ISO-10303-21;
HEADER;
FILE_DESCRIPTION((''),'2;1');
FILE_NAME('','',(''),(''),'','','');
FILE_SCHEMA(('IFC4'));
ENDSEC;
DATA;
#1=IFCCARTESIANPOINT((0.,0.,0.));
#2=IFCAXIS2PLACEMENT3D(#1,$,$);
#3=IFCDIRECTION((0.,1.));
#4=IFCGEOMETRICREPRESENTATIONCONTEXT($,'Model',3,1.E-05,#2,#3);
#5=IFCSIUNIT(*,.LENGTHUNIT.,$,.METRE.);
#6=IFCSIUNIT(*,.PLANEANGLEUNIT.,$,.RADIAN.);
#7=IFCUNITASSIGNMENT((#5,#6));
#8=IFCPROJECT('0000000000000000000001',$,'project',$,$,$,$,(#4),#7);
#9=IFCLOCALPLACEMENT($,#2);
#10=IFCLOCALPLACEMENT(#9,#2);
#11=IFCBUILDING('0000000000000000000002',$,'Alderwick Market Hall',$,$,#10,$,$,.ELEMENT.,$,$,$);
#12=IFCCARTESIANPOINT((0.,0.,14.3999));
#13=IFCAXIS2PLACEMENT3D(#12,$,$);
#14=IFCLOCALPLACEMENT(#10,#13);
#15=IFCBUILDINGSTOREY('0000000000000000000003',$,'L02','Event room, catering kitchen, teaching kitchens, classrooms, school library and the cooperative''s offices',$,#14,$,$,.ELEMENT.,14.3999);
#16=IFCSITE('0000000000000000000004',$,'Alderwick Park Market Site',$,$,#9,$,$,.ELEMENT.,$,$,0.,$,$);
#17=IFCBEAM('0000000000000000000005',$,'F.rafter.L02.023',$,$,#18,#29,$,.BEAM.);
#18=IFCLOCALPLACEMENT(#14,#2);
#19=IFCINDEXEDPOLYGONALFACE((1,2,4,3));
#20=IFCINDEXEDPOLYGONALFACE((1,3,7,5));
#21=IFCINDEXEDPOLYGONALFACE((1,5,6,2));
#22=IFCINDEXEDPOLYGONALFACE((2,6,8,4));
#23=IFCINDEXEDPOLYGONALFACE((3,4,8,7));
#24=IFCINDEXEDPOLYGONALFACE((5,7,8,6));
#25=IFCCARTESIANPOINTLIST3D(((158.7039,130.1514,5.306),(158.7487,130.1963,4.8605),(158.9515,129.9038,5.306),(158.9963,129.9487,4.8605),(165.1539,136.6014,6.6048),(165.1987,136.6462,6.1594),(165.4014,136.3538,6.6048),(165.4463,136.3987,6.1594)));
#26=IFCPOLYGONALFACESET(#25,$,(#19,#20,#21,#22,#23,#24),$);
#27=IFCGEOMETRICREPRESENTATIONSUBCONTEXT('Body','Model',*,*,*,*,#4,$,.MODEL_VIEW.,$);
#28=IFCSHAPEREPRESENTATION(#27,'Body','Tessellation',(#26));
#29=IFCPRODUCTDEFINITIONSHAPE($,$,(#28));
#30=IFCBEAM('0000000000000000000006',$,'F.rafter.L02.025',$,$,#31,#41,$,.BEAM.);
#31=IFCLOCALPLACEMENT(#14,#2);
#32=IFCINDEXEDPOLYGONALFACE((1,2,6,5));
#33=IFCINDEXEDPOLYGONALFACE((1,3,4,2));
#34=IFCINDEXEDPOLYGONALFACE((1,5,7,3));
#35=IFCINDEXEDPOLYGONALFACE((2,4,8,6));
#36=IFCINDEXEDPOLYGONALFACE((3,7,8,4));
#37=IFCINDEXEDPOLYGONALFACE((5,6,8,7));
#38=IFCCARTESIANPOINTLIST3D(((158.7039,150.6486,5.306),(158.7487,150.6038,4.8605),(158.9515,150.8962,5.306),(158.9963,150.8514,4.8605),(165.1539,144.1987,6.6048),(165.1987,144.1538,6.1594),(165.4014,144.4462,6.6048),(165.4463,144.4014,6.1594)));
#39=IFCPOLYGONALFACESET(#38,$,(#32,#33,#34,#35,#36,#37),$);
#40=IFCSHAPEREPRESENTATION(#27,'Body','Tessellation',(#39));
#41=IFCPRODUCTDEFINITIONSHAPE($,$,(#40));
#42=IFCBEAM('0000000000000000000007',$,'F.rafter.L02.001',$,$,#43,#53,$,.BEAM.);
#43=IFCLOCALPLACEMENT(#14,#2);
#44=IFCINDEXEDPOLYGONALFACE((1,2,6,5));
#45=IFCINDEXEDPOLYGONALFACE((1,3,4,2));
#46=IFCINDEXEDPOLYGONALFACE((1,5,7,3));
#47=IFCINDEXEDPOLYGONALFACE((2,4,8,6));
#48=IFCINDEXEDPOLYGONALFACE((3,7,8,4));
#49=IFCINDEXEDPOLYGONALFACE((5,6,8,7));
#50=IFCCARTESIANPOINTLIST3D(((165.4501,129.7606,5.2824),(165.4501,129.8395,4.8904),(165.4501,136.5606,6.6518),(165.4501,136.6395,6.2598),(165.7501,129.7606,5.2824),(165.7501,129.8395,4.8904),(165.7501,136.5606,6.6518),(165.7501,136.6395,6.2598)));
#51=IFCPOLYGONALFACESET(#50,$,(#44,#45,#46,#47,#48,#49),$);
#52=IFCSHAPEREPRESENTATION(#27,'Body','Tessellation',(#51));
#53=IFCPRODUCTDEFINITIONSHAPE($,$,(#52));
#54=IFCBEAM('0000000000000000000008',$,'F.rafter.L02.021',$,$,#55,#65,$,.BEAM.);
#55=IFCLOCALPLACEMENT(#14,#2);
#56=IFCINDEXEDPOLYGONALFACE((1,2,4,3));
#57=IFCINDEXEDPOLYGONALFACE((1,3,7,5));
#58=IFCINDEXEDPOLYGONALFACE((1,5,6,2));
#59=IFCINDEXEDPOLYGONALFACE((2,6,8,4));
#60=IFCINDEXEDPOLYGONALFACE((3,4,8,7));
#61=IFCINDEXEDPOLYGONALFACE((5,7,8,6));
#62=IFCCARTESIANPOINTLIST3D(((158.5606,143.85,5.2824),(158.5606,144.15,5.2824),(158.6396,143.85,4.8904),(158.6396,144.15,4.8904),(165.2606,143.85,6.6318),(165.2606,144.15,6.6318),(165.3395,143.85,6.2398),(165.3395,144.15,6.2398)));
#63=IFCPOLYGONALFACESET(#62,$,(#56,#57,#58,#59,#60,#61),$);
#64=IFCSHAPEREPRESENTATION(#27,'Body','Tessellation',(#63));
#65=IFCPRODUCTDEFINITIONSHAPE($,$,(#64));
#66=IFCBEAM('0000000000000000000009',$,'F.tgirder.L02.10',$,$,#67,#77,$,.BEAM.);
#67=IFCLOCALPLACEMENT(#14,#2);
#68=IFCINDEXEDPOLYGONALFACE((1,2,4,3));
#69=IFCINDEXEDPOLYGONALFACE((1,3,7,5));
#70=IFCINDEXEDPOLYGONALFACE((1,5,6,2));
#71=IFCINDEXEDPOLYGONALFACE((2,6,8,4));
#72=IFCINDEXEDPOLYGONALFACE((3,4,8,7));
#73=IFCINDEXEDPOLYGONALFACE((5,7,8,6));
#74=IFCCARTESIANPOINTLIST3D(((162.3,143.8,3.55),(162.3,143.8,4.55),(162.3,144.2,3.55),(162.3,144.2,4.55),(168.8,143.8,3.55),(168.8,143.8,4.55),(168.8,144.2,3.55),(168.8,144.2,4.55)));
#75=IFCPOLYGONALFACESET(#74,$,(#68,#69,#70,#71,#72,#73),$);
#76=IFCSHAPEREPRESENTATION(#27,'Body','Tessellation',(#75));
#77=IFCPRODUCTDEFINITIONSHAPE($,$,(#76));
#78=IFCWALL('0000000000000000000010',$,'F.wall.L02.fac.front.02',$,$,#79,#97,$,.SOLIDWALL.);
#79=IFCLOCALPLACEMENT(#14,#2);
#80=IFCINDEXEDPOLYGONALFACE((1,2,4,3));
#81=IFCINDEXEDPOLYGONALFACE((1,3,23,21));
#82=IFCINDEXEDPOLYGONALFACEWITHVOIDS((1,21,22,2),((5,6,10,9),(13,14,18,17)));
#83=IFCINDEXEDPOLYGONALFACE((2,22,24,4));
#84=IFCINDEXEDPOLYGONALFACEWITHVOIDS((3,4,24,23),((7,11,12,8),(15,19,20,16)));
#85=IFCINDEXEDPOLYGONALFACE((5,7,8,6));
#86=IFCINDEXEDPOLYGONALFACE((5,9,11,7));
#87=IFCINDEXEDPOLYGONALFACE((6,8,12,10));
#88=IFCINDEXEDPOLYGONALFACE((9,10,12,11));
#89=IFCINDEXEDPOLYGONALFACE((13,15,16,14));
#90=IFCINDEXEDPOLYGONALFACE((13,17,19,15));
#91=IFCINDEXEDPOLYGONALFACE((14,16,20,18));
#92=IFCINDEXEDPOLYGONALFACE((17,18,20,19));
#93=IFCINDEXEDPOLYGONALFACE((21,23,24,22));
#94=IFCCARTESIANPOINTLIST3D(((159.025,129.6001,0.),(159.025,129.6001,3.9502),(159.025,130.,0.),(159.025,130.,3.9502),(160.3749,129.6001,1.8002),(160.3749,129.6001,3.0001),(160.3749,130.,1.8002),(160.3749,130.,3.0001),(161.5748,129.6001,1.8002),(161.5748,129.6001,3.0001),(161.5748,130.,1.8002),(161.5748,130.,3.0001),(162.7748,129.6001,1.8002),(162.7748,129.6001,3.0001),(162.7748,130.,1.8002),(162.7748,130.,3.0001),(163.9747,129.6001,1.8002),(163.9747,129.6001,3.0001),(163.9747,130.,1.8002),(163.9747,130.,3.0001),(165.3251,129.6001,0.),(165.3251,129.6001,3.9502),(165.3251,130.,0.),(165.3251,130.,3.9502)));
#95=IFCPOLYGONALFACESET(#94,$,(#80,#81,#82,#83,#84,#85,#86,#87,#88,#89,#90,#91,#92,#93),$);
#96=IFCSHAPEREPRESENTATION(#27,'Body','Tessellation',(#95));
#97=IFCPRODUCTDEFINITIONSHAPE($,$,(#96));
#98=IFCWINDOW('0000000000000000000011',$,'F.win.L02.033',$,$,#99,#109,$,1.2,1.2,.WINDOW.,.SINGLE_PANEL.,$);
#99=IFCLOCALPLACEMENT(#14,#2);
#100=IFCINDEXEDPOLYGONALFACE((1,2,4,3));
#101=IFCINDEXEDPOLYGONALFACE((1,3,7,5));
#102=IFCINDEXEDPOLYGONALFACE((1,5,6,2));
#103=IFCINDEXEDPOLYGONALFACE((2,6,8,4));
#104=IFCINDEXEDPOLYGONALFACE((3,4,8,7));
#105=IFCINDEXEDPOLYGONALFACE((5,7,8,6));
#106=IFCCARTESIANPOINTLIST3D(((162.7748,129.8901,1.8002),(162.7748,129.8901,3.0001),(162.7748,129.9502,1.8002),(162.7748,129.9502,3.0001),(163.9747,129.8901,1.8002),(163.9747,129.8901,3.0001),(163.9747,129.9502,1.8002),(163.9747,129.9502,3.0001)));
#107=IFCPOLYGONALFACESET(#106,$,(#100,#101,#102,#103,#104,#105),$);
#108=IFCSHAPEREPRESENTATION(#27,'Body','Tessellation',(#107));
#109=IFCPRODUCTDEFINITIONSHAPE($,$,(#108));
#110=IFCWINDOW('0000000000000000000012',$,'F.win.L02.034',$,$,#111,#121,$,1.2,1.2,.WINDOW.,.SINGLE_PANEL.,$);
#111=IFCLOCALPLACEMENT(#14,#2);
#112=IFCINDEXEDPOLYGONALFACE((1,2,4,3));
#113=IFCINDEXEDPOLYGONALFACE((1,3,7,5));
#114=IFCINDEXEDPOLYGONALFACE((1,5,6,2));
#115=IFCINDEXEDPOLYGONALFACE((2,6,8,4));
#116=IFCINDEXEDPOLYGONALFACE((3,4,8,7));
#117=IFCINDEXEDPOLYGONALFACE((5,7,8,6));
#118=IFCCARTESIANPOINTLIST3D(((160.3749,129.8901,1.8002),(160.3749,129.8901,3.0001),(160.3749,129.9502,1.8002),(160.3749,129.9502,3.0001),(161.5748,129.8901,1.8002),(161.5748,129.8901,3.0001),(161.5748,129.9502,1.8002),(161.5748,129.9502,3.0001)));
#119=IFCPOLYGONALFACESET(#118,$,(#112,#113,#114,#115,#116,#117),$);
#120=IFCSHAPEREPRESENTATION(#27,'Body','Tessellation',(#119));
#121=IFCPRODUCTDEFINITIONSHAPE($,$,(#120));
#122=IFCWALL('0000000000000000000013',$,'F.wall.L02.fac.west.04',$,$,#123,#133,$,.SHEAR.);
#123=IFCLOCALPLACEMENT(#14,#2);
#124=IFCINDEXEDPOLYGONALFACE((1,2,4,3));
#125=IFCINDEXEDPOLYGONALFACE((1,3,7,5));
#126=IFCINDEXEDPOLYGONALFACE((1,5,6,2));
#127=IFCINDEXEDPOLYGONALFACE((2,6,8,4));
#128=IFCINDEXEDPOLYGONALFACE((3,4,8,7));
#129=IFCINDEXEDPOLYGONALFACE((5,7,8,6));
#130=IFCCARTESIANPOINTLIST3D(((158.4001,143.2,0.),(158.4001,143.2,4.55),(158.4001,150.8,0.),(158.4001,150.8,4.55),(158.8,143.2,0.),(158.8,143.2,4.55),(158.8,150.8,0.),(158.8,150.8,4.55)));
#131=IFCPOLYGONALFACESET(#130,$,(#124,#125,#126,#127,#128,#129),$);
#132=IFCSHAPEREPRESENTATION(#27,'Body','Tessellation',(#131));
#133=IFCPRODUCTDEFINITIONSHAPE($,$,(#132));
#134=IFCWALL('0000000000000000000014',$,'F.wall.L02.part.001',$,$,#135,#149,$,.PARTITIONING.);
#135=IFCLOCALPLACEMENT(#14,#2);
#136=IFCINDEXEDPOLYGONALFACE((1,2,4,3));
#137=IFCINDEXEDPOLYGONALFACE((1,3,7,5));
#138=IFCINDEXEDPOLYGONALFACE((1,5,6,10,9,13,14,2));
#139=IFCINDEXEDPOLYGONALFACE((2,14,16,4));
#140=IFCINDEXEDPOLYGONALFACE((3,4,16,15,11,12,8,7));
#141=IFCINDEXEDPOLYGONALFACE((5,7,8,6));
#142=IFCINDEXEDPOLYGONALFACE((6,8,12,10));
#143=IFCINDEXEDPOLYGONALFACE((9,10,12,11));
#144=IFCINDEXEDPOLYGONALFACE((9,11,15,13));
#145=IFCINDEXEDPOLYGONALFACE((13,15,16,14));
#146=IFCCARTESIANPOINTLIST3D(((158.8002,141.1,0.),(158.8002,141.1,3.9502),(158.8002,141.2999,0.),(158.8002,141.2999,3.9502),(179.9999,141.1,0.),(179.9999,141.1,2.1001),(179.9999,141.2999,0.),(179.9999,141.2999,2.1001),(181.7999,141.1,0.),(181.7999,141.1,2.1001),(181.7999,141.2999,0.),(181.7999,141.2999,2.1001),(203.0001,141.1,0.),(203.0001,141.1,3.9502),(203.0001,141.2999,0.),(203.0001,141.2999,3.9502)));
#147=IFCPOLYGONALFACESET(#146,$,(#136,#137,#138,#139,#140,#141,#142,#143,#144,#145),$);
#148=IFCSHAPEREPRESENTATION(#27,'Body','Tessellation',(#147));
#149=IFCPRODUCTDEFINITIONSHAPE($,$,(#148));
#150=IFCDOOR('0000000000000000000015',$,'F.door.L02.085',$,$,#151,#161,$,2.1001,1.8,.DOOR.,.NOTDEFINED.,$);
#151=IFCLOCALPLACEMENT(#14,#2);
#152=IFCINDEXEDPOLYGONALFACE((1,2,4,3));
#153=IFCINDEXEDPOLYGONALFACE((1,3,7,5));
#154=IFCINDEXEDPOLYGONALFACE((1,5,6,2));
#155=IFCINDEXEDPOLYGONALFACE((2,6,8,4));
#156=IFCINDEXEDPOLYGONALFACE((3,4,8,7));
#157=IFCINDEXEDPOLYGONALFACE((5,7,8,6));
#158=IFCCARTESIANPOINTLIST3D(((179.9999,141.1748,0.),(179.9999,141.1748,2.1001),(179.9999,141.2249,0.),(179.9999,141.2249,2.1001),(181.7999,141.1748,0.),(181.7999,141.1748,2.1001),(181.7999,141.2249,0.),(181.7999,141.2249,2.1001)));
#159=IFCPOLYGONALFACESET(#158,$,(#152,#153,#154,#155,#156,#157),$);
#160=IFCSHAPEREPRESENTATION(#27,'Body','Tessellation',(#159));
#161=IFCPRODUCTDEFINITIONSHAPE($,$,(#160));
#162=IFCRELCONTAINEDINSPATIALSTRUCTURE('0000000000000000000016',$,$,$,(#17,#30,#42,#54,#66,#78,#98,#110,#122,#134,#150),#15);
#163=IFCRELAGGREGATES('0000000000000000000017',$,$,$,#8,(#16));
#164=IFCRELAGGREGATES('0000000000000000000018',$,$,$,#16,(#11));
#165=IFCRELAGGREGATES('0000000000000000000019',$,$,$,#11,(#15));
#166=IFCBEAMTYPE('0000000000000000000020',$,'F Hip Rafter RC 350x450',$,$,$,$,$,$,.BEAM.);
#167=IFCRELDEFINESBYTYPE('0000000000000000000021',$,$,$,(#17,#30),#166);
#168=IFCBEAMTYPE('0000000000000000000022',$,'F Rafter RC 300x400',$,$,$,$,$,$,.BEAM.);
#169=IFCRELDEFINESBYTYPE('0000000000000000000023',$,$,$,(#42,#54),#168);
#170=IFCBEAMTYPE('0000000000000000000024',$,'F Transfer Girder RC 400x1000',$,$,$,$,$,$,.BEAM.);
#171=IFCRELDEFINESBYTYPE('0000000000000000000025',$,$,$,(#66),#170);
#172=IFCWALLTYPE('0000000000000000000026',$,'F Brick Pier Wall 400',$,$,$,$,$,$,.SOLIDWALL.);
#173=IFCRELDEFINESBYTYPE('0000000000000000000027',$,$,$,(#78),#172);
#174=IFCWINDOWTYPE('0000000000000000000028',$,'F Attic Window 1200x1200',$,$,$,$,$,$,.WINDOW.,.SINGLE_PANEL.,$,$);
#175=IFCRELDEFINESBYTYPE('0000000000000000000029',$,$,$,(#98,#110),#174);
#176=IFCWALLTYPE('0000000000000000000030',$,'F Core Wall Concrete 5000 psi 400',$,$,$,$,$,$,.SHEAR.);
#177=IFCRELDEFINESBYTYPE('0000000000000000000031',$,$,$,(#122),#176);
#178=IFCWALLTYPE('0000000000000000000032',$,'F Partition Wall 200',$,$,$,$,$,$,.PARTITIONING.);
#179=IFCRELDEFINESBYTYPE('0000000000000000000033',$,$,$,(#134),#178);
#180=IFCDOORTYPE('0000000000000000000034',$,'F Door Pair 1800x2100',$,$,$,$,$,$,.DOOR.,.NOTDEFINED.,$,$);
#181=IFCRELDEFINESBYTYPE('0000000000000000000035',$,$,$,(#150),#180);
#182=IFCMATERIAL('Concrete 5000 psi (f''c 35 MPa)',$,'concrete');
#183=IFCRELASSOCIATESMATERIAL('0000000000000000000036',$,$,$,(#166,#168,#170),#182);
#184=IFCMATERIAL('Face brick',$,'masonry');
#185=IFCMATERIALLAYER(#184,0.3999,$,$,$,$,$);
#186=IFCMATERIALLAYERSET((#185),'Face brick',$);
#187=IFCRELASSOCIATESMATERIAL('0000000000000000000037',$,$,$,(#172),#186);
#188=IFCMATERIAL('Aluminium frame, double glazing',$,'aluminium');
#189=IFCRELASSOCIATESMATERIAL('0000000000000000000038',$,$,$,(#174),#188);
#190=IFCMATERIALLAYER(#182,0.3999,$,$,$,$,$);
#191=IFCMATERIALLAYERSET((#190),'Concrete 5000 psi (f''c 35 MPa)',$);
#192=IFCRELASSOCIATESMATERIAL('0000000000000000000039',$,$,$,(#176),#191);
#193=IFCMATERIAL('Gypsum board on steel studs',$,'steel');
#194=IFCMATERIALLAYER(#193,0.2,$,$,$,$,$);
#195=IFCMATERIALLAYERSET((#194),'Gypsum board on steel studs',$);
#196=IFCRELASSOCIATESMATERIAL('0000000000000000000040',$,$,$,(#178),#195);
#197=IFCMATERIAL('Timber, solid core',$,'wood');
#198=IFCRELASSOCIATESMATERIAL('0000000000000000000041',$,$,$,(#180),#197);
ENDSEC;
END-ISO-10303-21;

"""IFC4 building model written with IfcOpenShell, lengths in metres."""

from ifc_helpers import new_model, si_unit, direction, frame, frame_2d, origin, origin_2d, place, context, subcontext, project, spatial, rectangle, extrude, material, layer, layer_set, material_profile, profile_set, type_object, element, fill, save


model = new_model("IFC4")

# Units and contexts
model_context = context("Model", 3, precision=1e-05, world=origin(), true_north=direction((0.0, 1.0)))
body_context = subcontext(model_context, "Body", "Model", "MODEL_VIEW")
ifc_project = project(units=[si_unit("LENGTHUNIT", "METRE"), si_unit("PLANEANGLEUNIT", "RADIAN")], contexts=[model_context])

# Site, building, storey
site_placement = place(None, origin())
site = spatial("IfcSite", under=ifc_project, at=site_placement, Name="Alderwick Park Market Site", CompositionType="ELEMENT", RefElevation=0.0)
building_placement = place(site_placement, origin())
building = spatial("IfcBuilding", under=site, at=building_placement, Name="Alderwick Market Hall", CompositionType="ELEMENT")
storey_placement = place(building_placement, frame((0.0, 0.0, 14.3999)))
storey = spatial("IfcBuildingStorey", under=building, at=storey_placement, Name="L02", Description="Event room, catering kitchen, teaching kitchens, classrooms, school library and the cooperative's offices", CompositionType="ELEMENT", Elevation=14.3999)

# Shared definitions
ifc_material_1 = material(Name="Concrete 5000 psi (f'c 35 MPa)", Category="concrete")

# Beams
ifc_material_profile_1 = material_profile(ifc_material_1, rectangle(XDim=0.3501, YDim=0.45, at=origin_2d()), Name="RC 350x450")
ifc_profile_set_1 = profile_set([ifc_material_profile_1], Name="Concrete 5000 psi (f'c 35 MPa)")
beam_type_1 = type_object("IfcBeamType", Name="F Hip Rafter RC 350x450", PredefinedType="BEAM", material=ifc_profile_set_1)
for number, where, z_axis, x_axis, name in (
    (1, (158.8501, 130.05, 5.0833), (0.700046, 0.700046, 0.140968), (-0.707107, 0.707107, 0.0), "F.rafter.L02.023"),
    (2, (158.8501, 150.75, 5.0833), (0.700046, -0.700046, 0.140968), (0.707107, 0.707107, 0.0), "F.rafter.L02.025"),
):
    element("IfcBeam", number, at=place(storey_placement, frame(where, z_axis=z_axis, x_axis=x_axis)), inside=storey, type_object=beam_type_1, Name=name, PredefinedType="BEAM", context=body_context, shape_type="SweptSolid", body=[
        extrude(rectangle(XDim=0.3501, YDim=0.45, at=origin_2d()), origin(), (0.0, 0.0, 1.0), 9.2136),
    ])
ifc_material_profile_2 = material_profile(ifc_material_1, rectangle(XDim=0.3, YDim=0.3999, at=origin_2d()), Name="RC 300x400")
ifc_profile_set_2 = profile_set([ifc_material_profile_2], Name="Concrete 5000 psi (f'c 35 MPa)")
beam_type_2 = type_object("IfcBeamType", Name="F Rafter RC 300x400", PredefinedType="BEAM", material=ifc_profile_set_2)
beam_1_placement = place(storey_placement, frame((165.6001, 129.8, 5.0864), z_axis=(0.0, 0.98032, 0.197416), x_axis=(-1.0, 0.0, 0.0)))
element("IfcBeam", 3, at=beam_1_placement, inside=storey, type_object=beam_type_2, Name="F.rafter.L02.001", PredefinedType="BEAM", context=body_context, shape_type="SweptSolid", body=[
    extrude(rectangle(XDim=0.3, YDim=0.3999, at=origin_2d()), origin(), (0.0, 0.0, 1.0), 6.9365),
])
beam_2_placement = place(storey_placement, frame((158.6001, 144.0, 5.0864), z_axis=(0.980316, 0.0, 0.197435), x_axis=(0.0, 1.0, 0.0)))
element("IfcBeam", 4, at=beam_2_placement, inside=storey, type_object=beam_type_2, Name="F.rafter.L02.021", PredefinedType="BEAM", context=body_context, shape_type="SweptSolid", body=[
    extrude(rectangle(XDim=0.3, YDim=0.3999, at=origin_2d()), origin(), (0.0, 0.0, 1.0), 6.8345),
])
ifc_material_profile_3 = material_profile(ifc_material_1, rectangle(XDim=0.3999, YDim=1.0, at=origin_2d()), Name="RC 400x1000")
ifc_profile_set_3 = profile_set([ifc_material_profile_3], Name="Concrete 5000 psi (f'c 35 MPa)")
beam_type_3 = type_object("IfcBeamType", Name="F Transfer Girder RC 400x1000", PredefinedType="BEAM", material=ifc_profile_set_3)
beam_3_placement = place(storey_placement, frame((162.3, 144.0, 4.05), z_axis=(1.0, 0.0, 0.0), x_axis=(0.0, 1.0, 0.0)))
element("IfcBeam", 5, at=beam_3_placement, inside=storey, type_object=beam_type_3, Name="F.tgirder.L02.10", PredefinedType="BEAM", context=body_context, shape_type="SweptSolid", body=[
    extrude(rectangle(XDim=0.3999, YDim=1.0, at=origin_2d()), origin(), (0.0, 0.0, 1.0), 6.5),
])

# Wall, openings, windows
ifc_material_2 = material(Name="Face brick", Category="masonry")
ifc_layer_1 = layer(ifc_material_2, 0.3999)
ifc_layer_set_1 = layer_set([ifc_layer_1], Name="Face brick")
wall_type_1 = type_object("IfcWallType", Name="F Brick Pier Wall 400", PredefinedType="SOLIDWALL", material=ifc_layer_set_1)
wall_1_placement = place(storey_placement, frame((165.325, 129.8, 0.0), z_axis=(0.0, 0.0, 1.0), x_axis=(-1.0, 0.0, 0.0)))
wall_1 = element("IfcWall", 6, at=wall_1_placement, inside=storey, type_object=wall_type_1, Name="F.wall.L02.fac.front.02", PredefinedType="SOLIDWALL", context=body_context, shape_type="SweptSolid", body=[
    extrude(rectangle(XDim=6.3, YDim=0.3999, at=frame_2d((3.1499, 0.0))), origin(), (0.0, 0.0, 1.0), 3.9502),
])
opening_1_placement = place(wall_1_placement, frame((1.3501, 0.0, 1.8)))
opening_1 = element("IfcOpeningElement", 7, at=opening_1_placement, cuts=wall_1, PredefinedType="OPENING", context=body_context, shape_type="SweptSolid", body=[
    extrude(rectangle(XDim=1.2, YDim=1.2, at=frame_2d((0.6001, 0.6001))), frame((0.0, 0.21, 0.0), z_axis=(0.0, -1.0, 0.0), x_axis=(1.0, 0.0, 0.0)), (0.0, 0.0, 1.0), 0.4199),
])
opening_2_placement = place(wall_1_placement, frame((3.75, 0.0, 1.8)))
opening_2 = element("IfcOpeningElement", 8, at=opening_2_placement, cuts=wall_1, PredefinedType="OPENING", context=body_context, shape_type="SweptSolid", body=[
    extrude(rectangle(XDim=1.2, YDim=1.2, at=frame_2d((0.6001, 0.6001))), frame((0.0, 0.21, 0.0), z_axis=(0.0, -1.0, 0.0), x_axis=(1.0, 0.0, 0.0)), (0.0, 0.0, 1.0), 0.4199),
])
ifc_material_3 = material(Name="Aluminium frame, double glazing", Category="aluminium")
window_type = type_object("IfcWindowType", Name="F Attic Window 1200x1200", PartitioningType="SINGLE_PANEL", PredefinedType="WINDOW", material=ifc_material_3)
window_1_placement = place(opening_1_placement, origin())
window_1 = element("IfcWindow", 9, at=window_1_placement, inside=storey, type_object=window_type, Name="F.win.L02.033", OverallHeight=1.2, OverallWidth=1.2, PartitioningType="SINGLE_PANEL", PredefinedType="WINDOW", context=body_context, shape_type="SweptSolid", body=[
    extrude(rectangle(XDim=1.2, YDim=1.2, at=frame_2d((0.6001, 0.6001))), frame((0.0, -0.0901, 0.0), z_axis=(0.0, -1.0, 0.0), x_axis=(1.0, 0.0, 0.0)), (0.0, 0.0, 1.0), 0.0601),
])
fill(opening_1, window_1)
window_2_placement = place(opening_2_placement, origin())
window_2 = element("IfcWindow", 10, at=window_2_placement, inside=storey, type_object=window_type, Name="F.win.L02.034", OverallHeight=1.2, OverallWidth=1.2, PartitioningType="SINGLE_PANEL", PredefinedType="WINDOW", context=body_context, shape_type="SweptSolid", body=[
    extrude(rectangle(XDim=1.2, YDim=1.2, at=frame_2d((0.6001, 0.6001))), frame((0.0, -0.0901, 0.0), z_axis=(0.0, -1.0, 0.0), x_axis=(1.0, 0.0, 0.0)), (0.0, 0.0, 1.0), 0.0601),
])
fill(opening_2, window_2)

# Wall
ifc_layer_2 = layer(ifc_material_1, 0.3999)
ifc_layer_set_2 = layer_set([ifc_layer_2], Name="Concrete 5000 psi (f'c 35 MPa)")
wall_type_2 = type_object("IfcWallType", Name="F Core Wall Concrete 5000 psi 400", PredefinedType="SHEAR", material=ifc_layer_set_2)
wall_2_placement = place(storey_placement, frame((158.6001, 143.2, 0.0), z_axis=(0.0, 0.0, 1.0), x_axis=(0.0, 1.0, 0.0)))
element("IfcWall", 11, at=wall_2_placement, inside=storey, type_object=wall_type_2, Name="F.wall.L02.fac.west.04", PredefinedType="SHEAR", context=body_context, shape_type="SweptSolid", body=[
    extrude(rectangle(XDim=7.6001, YDim=0.3999, at=frame_2d((3.8, 0.0))), origin(), (0.0, 0.0, 1.0), 4.55),
])

# Wall, opening, door
ifc_material_4 = material(Name="Gypsum board on steel studs", Category="steel")
ifc_layer_3 = layer(ifc_material_4, 0.2)
ifc_layer_set_3 = layer_set([ifc_layer_3], Name="Gypsum board on steel studs")
wall_type_3 = type_object("IfcWallType", Name="F Partition Wall 200", PredefinedType="PARTITIONING", material=ifc_layer_set_3)
wall_3_placement = place(storey_placement, frame((158.8, 141.2, 0.0), z_axis=(0.0, 0.0, 1.0), x_axis=(1.0, 0.0, 0.0)))
wall_3 = element("IfcWall", 12, at=wall_3_placement, inside=storey, type_object=wall_type_3, Name="F.wall.L02.part.001", PredefinedType="PARTITIONING", context=body_context, shape_type="SweptSolid", body=[
    extrude(rectangle(XDim=44.2, YDim=0.2, at=frame_2d((22.1001, 0.0))), origin(), (0.0, 0.0, 1.0), 3.9502),
])
opening_3_placement = place(wall_3_placement, frame((21.2, 0.0, 0.0)))
opening_3 = element("IfcOpeningElement", 13, at=opening_3_placement, cuts=wall_3, PredefinedType="OPENING", context=body_context, shape_type="SweptSolid", body=[
    extrude(rectangle(XDim=1.8, YDim=2.1001, at=frame_2d((0.8999, 1.05))), frame((0.0, 0.1099, 0.0), z_axis=(0.0, -1.0, 0.0), x_axis=(1.0, 0.0, 0.0)), (0.0, 0.0, 1.0), 0.22),
])
ifc_material_5 = material(Name="Timber, solid core", Category="wood")
door_type_1 = type_object("IfcDoorType", Name="F Door Pair 1800x2100", OperationType="NOTDEFINED", PredefinedType="DOOR", material=ifc_material_5)
door_1_placement = place(opening_3_placement, origin())
door_1 = element("IfcDoor", 14, at=door_1_placement, inside=storey, type_object=door_type_1, Name="F.door.L02.085", OperationType="NOTDEFINED", OverallHeight=2.1001, OverallWidth=1.8, PredefinedType="DOOR", context=body_context, shape_type="SweptSolid", body=[
    extrude(rectangle(XDim=1.8, YDim=2.1001, at=frame_2d((0.8999, 1.05))), frame((0.0, 0.0249, 0.0), z_axis=(0.0, -1.0, 0.0), x_axis=(1.0, 0.0, 0.0)), (0.0, 0.0, 1.0), 0.05),
])
fill(opening_3, door_1)

save(model, "model.ifc")
